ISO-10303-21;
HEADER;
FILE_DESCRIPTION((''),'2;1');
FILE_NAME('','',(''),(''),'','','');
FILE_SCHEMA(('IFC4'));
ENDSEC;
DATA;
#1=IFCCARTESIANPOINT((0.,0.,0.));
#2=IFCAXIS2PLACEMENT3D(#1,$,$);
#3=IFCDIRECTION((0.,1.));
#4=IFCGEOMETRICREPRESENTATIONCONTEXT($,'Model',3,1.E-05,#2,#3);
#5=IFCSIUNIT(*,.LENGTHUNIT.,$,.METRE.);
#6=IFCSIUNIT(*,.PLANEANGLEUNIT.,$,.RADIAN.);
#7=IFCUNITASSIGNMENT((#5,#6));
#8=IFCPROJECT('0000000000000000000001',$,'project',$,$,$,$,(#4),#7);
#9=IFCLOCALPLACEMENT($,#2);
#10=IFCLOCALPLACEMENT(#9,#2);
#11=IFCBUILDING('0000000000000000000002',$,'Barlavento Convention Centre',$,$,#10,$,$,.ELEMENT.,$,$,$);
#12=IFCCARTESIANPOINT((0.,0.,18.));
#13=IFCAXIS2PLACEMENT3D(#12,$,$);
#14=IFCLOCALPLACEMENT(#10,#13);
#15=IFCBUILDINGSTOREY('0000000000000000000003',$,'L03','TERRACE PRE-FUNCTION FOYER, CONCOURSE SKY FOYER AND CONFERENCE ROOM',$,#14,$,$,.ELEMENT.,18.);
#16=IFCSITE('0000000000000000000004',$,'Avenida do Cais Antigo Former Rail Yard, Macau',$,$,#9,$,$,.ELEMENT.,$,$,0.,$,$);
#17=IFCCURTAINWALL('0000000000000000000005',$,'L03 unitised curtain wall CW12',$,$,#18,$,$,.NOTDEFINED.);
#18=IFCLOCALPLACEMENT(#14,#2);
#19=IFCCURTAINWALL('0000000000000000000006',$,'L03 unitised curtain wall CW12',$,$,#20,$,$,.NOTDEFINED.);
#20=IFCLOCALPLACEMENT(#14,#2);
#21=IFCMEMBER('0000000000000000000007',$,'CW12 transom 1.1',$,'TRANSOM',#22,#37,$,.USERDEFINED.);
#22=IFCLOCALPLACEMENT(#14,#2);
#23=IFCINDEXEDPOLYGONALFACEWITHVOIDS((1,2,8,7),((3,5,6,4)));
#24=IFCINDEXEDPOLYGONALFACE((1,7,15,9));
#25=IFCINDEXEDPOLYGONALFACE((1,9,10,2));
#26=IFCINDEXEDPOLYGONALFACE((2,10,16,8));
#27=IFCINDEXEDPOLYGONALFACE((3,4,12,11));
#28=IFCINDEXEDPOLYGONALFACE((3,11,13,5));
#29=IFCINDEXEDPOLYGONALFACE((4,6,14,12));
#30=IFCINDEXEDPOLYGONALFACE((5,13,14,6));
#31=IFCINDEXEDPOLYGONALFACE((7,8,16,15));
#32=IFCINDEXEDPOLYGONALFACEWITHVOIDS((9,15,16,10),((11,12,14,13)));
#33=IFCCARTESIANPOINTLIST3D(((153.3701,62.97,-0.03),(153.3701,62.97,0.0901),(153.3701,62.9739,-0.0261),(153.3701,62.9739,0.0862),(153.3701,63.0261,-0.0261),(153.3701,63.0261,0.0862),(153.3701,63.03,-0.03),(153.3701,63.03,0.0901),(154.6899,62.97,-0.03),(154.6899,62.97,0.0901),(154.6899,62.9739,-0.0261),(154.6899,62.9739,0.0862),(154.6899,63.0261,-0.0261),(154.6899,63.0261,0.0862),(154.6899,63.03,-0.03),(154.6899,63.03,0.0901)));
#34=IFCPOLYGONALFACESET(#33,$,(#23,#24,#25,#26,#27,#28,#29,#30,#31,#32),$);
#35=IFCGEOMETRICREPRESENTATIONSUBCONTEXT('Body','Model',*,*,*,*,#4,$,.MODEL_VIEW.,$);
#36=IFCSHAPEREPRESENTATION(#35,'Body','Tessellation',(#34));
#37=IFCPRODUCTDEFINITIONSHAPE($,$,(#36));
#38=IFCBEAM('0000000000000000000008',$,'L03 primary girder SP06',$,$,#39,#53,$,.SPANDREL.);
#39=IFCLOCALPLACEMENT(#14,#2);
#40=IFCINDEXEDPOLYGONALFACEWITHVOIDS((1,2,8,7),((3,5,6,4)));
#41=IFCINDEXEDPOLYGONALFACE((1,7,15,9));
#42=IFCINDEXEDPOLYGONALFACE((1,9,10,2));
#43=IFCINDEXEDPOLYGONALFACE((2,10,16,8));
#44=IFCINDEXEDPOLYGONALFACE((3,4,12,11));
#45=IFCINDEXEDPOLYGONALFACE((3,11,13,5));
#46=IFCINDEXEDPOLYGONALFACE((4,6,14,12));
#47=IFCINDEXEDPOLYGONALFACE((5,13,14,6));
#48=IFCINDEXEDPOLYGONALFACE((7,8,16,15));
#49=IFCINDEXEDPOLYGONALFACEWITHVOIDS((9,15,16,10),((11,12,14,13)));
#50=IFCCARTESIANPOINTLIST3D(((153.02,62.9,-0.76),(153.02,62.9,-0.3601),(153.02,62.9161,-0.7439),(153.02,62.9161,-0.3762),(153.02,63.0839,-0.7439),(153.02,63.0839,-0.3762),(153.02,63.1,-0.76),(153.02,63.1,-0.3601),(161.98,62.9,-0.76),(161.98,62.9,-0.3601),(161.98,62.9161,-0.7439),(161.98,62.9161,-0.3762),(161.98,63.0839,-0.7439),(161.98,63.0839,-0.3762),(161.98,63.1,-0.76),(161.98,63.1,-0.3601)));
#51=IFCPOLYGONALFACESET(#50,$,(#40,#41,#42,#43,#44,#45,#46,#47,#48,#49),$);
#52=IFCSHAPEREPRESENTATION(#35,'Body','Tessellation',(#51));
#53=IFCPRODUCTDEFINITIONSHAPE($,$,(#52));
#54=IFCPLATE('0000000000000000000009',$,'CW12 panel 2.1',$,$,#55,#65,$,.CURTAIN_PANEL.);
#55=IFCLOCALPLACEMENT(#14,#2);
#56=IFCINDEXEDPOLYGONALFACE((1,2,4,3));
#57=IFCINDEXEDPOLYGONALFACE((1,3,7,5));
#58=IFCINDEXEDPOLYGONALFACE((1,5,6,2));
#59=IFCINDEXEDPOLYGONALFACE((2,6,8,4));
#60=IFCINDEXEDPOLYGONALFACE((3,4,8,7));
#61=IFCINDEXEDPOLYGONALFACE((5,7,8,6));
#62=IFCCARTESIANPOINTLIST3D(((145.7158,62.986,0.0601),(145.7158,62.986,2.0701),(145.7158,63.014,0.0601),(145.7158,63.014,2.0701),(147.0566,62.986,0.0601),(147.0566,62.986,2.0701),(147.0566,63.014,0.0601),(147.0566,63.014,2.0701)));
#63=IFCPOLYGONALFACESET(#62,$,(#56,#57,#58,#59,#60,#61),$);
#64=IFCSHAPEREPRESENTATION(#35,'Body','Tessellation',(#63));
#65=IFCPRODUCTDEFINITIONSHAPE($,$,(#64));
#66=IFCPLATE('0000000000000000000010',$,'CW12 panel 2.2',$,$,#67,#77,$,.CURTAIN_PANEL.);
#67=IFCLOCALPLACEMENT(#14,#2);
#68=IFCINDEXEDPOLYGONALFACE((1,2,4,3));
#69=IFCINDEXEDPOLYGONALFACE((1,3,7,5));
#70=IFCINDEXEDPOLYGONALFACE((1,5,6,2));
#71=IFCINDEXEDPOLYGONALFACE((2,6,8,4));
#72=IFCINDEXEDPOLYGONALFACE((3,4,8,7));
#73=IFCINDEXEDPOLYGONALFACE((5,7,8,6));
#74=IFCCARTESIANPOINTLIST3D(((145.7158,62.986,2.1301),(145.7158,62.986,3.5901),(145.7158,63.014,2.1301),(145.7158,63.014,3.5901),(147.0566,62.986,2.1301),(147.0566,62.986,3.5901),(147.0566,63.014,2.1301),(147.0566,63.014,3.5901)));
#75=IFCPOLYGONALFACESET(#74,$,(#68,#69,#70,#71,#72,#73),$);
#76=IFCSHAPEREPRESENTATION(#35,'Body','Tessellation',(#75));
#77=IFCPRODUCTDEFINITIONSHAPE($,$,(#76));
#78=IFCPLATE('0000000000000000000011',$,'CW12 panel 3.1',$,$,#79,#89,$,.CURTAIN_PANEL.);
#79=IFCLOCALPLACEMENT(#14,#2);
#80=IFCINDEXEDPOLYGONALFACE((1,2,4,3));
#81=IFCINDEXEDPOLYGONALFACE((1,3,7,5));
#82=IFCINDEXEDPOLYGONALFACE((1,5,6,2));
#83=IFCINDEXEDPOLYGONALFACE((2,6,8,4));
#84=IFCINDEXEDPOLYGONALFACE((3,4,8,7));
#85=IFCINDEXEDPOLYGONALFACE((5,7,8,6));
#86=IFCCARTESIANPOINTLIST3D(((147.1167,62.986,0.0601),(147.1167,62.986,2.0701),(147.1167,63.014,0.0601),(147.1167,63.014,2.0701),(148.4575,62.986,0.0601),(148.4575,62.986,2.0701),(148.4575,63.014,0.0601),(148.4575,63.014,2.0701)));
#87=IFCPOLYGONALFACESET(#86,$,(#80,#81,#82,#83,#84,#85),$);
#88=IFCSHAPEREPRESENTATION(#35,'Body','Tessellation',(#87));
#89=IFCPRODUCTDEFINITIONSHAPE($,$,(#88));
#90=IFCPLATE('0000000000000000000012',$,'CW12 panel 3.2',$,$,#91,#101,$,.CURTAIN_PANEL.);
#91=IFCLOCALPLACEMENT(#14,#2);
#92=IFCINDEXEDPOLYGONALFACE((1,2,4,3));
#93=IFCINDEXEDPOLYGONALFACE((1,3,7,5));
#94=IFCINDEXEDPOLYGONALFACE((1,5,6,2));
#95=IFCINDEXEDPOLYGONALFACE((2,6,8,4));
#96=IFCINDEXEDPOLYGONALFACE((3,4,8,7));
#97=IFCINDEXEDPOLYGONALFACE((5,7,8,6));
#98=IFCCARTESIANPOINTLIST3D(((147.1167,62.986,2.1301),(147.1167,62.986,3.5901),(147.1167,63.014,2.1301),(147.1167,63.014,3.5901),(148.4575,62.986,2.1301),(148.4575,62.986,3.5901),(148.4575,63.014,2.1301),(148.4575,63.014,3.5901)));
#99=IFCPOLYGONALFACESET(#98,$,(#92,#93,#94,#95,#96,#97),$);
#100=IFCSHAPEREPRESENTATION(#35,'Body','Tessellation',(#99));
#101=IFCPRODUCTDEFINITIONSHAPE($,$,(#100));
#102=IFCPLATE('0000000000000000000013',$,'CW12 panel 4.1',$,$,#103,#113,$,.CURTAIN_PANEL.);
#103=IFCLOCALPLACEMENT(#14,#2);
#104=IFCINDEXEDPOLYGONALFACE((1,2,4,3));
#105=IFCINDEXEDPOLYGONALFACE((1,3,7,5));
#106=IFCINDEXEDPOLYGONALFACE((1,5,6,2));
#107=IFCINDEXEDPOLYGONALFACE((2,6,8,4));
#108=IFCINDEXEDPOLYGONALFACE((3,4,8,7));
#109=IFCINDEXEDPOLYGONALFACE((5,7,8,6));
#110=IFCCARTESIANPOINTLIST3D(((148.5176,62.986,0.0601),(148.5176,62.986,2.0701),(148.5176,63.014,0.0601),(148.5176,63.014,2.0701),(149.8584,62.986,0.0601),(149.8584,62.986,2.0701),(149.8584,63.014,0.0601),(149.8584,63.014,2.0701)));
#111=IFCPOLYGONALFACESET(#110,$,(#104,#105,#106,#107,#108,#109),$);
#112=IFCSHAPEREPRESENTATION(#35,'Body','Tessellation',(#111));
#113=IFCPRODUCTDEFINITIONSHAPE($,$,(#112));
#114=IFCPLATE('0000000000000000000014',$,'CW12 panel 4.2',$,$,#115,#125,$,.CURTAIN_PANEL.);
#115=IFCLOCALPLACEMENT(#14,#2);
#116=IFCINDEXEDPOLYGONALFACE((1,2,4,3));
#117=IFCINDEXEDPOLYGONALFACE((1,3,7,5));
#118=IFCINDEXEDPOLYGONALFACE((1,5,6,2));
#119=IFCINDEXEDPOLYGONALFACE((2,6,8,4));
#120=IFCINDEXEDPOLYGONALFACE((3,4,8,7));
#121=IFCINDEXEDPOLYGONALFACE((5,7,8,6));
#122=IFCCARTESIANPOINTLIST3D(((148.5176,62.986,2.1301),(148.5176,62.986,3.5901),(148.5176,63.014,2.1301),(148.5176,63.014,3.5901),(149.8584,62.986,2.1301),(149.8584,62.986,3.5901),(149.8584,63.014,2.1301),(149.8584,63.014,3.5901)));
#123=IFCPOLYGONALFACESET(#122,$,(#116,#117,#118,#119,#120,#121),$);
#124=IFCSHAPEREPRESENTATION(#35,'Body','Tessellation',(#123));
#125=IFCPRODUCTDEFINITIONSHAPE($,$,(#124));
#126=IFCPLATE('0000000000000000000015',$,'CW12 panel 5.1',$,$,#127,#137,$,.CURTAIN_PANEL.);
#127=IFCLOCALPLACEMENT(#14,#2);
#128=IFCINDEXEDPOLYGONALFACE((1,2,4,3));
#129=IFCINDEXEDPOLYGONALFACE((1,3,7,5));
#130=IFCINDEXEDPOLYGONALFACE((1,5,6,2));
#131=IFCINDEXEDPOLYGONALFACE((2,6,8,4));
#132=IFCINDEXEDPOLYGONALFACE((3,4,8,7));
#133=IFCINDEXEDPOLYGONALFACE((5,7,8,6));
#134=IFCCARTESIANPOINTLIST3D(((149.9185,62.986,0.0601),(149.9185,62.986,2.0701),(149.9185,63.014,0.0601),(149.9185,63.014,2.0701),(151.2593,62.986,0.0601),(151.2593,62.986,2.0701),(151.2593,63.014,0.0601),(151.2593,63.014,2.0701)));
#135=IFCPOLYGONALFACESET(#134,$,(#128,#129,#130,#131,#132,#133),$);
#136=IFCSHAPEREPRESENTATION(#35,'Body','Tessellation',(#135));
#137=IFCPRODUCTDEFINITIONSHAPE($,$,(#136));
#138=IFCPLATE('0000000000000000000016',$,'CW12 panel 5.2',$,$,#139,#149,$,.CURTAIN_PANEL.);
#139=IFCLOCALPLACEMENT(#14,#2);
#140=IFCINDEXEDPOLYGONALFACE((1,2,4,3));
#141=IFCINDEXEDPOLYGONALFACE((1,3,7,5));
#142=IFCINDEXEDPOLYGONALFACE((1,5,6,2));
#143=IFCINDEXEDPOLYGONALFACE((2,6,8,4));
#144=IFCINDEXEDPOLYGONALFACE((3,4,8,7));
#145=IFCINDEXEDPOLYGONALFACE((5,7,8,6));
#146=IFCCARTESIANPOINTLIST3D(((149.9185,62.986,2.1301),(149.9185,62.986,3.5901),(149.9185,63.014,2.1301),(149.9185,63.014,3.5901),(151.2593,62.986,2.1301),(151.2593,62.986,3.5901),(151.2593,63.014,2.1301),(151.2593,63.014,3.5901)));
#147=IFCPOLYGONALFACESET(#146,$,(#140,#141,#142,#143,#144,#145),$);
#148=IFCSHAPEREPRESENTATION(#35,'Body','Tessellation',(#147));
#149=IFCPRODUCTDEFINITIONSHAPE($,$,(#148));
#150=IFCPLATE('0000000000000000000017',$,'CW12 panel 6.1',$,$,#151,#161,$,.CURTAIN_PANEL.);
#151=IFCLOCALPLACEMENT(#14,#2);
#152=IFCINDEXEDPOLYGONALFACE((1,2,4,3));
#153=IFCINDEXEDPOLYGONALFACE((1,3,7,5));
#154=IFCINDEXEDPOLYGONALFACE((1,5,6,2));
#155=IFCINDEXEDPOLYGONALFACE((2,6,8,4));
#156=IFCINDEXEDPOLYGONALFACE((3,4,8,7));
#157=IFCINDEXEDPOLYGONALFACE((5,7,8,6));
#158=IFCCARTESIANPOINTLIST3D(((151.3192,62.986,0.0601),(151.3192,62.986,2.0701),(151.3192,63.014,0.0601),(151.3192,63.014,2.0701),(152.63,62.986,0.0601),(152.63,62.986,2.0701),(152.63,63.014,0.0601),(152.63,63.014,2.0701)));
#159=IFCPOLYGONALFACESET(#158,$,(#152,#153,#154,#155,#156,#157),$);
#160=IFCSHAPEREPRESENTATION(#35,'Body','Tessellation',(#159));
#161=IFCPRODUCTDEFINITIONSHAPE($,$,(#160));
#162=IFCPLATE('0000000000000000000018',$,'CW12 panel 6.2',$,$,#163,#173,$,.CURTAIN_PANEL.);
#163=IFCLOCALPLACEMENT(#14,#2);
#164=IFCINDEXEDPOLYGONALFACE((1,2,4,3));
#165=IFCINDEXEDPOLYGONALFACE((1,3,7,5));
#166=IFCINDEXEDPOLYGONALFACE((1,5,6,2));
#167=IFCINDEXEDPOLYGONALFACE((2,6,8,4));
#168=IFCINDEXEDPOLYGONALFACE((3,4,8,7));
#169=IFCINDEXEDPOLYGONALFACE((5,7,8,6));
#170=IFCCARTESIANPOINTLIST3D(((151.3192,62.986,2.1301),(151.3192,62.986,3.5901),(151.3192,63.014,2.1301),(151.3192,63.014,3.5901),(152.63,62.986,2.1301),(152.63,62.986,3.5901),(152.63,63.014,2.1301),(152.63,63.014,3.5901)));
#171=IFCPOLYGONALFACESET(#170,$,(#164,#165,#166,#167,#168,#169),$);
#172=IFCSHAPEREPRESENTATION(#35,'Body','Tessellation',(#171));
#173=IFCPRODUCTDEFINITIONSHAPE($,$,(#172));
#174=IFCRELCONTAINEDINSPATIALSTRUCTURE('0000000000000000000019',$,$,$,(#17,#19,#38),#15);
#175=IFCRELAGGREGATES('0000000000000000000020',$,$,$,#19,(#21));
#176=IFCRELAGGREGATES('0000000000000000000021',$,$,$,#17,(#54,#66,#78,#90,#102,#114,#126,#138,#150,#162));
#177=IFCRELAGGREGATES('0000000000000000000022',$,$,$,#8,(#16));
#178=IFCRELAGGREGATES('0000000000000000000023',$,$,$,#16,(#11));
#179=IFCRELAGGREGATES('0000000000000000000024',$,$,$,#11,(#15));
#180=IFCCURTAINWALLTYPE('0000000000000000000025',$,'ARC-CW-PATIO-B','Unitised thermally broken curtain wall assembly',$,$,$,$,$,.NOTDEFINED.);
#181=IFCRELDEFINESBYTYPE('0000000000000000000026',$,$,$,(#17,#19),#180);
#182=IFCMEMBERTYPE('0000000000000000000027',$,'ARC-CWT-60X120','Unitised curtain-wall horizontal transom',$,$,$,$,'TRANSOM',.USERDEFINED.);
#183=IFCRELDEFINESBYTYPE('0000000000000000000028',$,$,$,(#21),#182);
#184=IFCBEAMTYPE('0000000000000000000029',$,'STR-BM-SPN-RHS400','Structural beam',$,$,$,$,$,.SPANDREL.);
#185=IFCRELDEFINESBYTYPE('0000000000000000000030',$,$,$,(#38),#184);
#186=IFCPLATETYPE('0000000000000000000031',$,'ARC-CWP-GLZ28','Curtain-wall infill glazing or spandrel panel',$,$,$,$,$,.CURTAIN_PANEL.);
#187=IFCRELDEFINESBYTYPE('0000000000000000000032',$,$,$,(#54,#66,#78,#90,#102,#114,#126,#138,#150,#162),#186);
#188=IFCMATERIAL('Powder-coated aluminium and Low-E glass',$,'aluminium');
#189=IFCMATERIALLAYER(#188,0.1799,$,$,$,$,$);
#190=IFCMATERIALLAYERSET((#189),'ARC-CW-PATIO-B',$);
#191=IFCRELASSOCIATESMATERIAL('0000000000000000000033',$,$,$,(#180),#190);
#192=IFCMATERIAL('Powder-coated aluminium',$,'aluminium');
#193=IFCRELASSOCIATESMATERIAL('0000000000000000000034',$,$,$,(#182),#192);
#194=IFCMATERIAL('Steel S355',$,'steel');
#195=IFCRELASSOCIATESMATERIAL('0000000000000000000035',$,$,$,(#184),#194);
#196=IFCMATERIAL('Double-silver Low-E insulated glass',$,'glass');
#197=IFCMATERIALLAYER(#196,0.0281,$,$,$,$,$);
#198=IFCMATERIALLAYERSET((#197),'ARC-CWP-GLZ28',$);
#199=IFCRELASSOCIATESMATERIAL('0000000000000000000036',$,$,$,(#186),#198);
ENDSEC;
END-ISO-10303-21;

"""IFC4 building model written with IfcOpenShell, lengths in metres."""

from ifc_helpers import new_model, si_unit, direction, frame, origin, origin_2d, place, context, subcontext, project, spatial, rectangle, hollow_rectangle, extrude, material, layer, layer_set, material_profile, profile_set, type_object, element, aggregate, save


model = new_model("IFC4")

# Units and contexts
model_context = context("Model", 3, precision=1e-05, world=origin(), true_north=direction((0.0, 1.0)))
body_context = subcontext(model_context, "Body", "Model", "MODEL_VIEW")
ifc_project = project(units=[si_unit("LENGTHUNIT", "METRE"), si_unit("PLANEANGLEUNIT", "RADIAN")], contexts=[model_context])

# Site, building, storey
site_placement = place(None, origin())
site = spatial("IfcSite", under=ifc_project, at=site_placement, Name="Avenida do Cais Antigo Former Rail Yard, Macau", CompositionType="ELEMENT", RefElevation=0.0)
building_placement = place(site_placement, origin())
building = spatial("IfcBuilding", under=site, at=building_placement, Name="Barlavento Convention Centre", CompositionType="ELEMENT")
storey_placement = place(building_placement, frame((0.0, 0.0, 18.0)))
storey = spatial("IfcBuildingStorey", under=building, at=storey_placement, Name="L03", Description="TERRACE PRE-FUNCTION FOYER, CONCOURSE SKY FOYER AND CONFERENCE ROOM", CompositionType="ELEMENT", Elevation=18.0)

# Shared definitions
ifc_material_1 = material(Name="Steel S355", Category="steel")

# Curtain wall
ifc_material_2 = material(Name="Powder-coated aluminium and Low-E glass", Category="aluminium")
ifc_layer_1 = layer(ifc_material_2, 0.1799)
ifc_layer_set_1 = layer_set([ifc_layer_1], Name="ARC-CW-PATIO-B")
curtain_wall_type = type_object("IfcCurtainWallType", Name="ARC-CW-PATIO-B", Description="Unitised thermally broken curtain wall assembly", PredefinedType="NOTDEFINED", material=ifc_layer_set_1)
curtain_wall_1_placement = place(storey_placement, origin())
curtain_wall_1 = element("IfcCurtainWall", 1, at=curtain_wall_1_placement, inside=storey, type_object=curtain_wall_type, Name="L03 unitised curtain wall CW12", PredefinedType="NOTDEFINED")
ifc_material_3 = material(Name="Powder-coated aluminium", Category="aluminium")

# Curtain wall
curtain_wall_2_placement = place(storey_placement, origin())
curtain_wall_2 = element("IfcCurtainWall", 2, at=curtain_wall_2_placement, inside=storey, type_object=curtain_wall_type, Name="L03 unitised curtain wall CW12", PredefinedType="NOTDEFINED")

# Member
ifc_material_profile_1 = material_profile(ifc_material_3, hollow_rectangle(XDim=0.0601, YDim=0.1201, WallThickness=0.0039, at=origin_2d()), Name="AL-TRAN 60x120x4")
ifc_profile_set_1 = profile_set([ifc_material_profile_1], Name="Powder-coated aluminium")
member_type_1 = type_object("IfcMemberType", Name="ARC-CWT-60X120", Description="Unitised curtain-wall horizontal transom", ElementType="TRANSOM", PredefinedType="USERDEFINED", material=ifc_profile_set_1)
member_1_placement = place(storey_placement, frame((153.3701, 63.0, 0.03), z_axis=(1.0, 0.0, 0.0), x_axis=(0.0, 1.0, 0.0)))
member_1 = element("IfcMember", 3, at=member_1_placement, type_object=member_type_1, Name="CW12 transom 1.1", ObjectType="TRANSOM", PredefinedType="USERDEFINED", context=body_context, shape_type="SweptSolid", body=[
    extrude(hollow_rectangle(XDim=0.0601, YDim=0.1201, WallThickness=0.0039, at=origin_2d()), origin(), (0.0, 0.0, 1.0), 1.3198),
])
aggregate(curtain_wall_2, [member_1])

# Beam
ifc_material_profile_2 = material_profile(ifc_material_1, hollow_rectangle(XDim=0.2, YDim=0.3999, WallThickness=0.0161, at=origin_2d()), Name="RHS 400x200x16.0")
ifc_profile_set_2 = profile_set([ifc_material_profile_2], Name="Steel S355")
beam_type = type_object("IfcBeamType", Name="STR-BM-SPN-RHS400", Description="Structural beam", PredefinedType="SPANDREL", material=ifc_profile_set_2)
beam_placement = place(storey_placement, frame((153.02, 63.0, -0.5601), z_axis=(1.0, 0.0, 0.0), x_axis=(0.0, 1.0, 0.0)))
element("IfcBeam", 4, at=beam_placement, inside=storey, type_object=beam_type, Name="L03 primary girder SP06", PredefinedType="SPANDREL", context=body_context, shape_type="SweptSolid", body=[
    extrude(hollow_rectangle(XDim=0.2, YDim=0.3999, WallThickness=0.0161, at=origin_2d()), origin(), (0.0, 0.0, 1.0), 8.96),
])

# Plates
ifc_material_4 = material(Name="Double-silver Low-E insulated glass", Category="glass")
ifc_layer_2 = layer(ifc_material_4, 0.0281)
ifc_layer_set_2 = layer_set([ifc_layer_2], Name="ARC-CWP-GLZ28")
plate_type = type_object("IfcPlateType", Name="ARC-CWP-GLZ28", Description="Curtain-wall infill glazing or spandrel panel", PredefinedType="CURTAIN_PANEL", material=ifc_layer_set_2)
plate_1_placement = place(storey_placement, frame((146.3862, 63.0, 0.0601), z_axis=(0.0, 0.0, 1.0), x_axis=(1.0, 0.0, 0.0)))
plate_1 = element("IfcPlate", 5, at=plate_1_placement, type_object=plate_type, Name="CW12 panel 2.1", PredefinedType="CURTAIN_PANEL", context=body_context, shape_type="SweptSolid", body=[
    extrude(rectangle(XDim=1.3408, YDim=0.0281, at=origin_2d()), origin(), (0.0, 0.0, 1.0), 2.01),
])
plate_2_placement = place(storey_placement, frame((146.3862, 63.0, 2.1301), z_axis=(0.0, 0.0, 1.0), x_axis=(1.0, 0.0, 0.0)))
plate_2 = element("IfcPlate", 6, at=plate_2_placement, type_object=plate_type, Name="CW12 panel 2.2", PredefinedType="CURTAIN_PANEL", context=body_context, shape_type="SweptSolid", body=[
    extrude(rectangle(XDim=1.3408, YDim=0.0281, at=origin_2d()), origin(), (0.0, 0.0, 1.0), 1.46),
])
plate_3_placement = place(storey_placement, frame((147.7871, 63.0, 0.0601), z_axis=(0.0, 0.0, 1.0), x_axis=(1.0, 0.0, 0.0)))
plate_3 = element("IfcPlate", 7, at=plate_3_placement, type_object=plate_type, Name="CW12 panel 3.1", PredefinedType="CURTAIN_PANEL", context=body_context, shape_type="SweptSolid", body=[
    extrude(rectangle(XDim=1.3408, YDim=0.0281, at=origin_2d()), origin(), (0.0, 0.0, 1.0), 2.01),
])
plate_4_placement = place(storey_placement, frame((147.7871, 63.0, 2.1301), z_axis=(0.0, 0.0, 1.0), x_axis=(1.0, 0.0, 0.0)))
plate_4 = element("IfcPlate", 8, at=plate_4_placement, type_object=plate_type, Name="CW12 panel 3.2", PredefinedType="CURTAIN_PANEL", context=body_context, shape_type="SweptSolid", body=[
    extrude(rectangle(XDim=1.3408, YDim=0.0281, at=origin_2d()), origin(), (0.0, 0.0, 1.0), 1.46),
])
plate_5_placement = place(storey_placement, frame((149.188, 63.0, 0.0601), z_axis=(0.0, 0.0, 1.0), x_axis=(1.0, 0.0, 0.0)))
plate_5 = element("IfcPlate", 9, at=plate_5_placement, type_object=plate_type, Name="CW12 panel 4.1", PredefinedType="CURTAIN_PANEL", context=body_context, shape_type="SweptSolid", body=[
    extrude(rectangle(XDim=1.3408, YDim=0.0281, at=origin_2d()), origin(), (0.0, 0.0, 1.0), 2.01),
])
plate_6_placement = place(storey_placement, frame((149.188, 63.0, 2.1301), z_axis=(0.0, 0.0, 1.0), x_axis=(1.0, 0.0, 0.0)))
plate_6 = element("IfcPlate", 10, at=plate_6_placement, type_object=plate_type, Name="CW12 panel 4.2", PredefinedType="CURTAIN_PANEL", context=body_context, shape_type="SweptSolid", body=[
    extrude(rectangle(XDim=1.3408, YDim=0.0281, at=origin_2d()), origin(), (0.0, 0.0, 1.0), 1.46),
])
plate_7_placement = place(storey_placement, frame((150.5889, 63.0, 0.0601), z_axis=(0.0, 0.0, 1.0), x_axis=(1.0, 0.0, 0.0)))
plate_7 = element("IfcPlate", 11, at=plate_7_placement, type_object=plate_type, Name="CW12 panel 5.1", PredefinedType="CURTAIN_PANEL", context=body_context, shape_type="SweptSolid", body=[
    extrude(rectangle(XDim=1.3408, YDim=0.0281, at=origin_2d()), origin(), (0.0, 0.0, 1.0), 2.01),
])
plate_8_placement = place(storey_placement, frame((150.5889, 63.0, 2.1301), z_axis=(0.0, 0.0, 1.0), x_axis=(1.0, 0.0, 0.0)))
plate_8 = element("IfcPlate", 12, at=plate_8_placement, type_object=plate_type, Name="CW12 panel 5.2", PredefinedType="CURTAIN_PANEL", context=body_context, shape_type="SweptSolid", body=[
    extrude(rectangle(XDim=1.3408, YDim=0.0281, at=origin_2d()), origin(), (0.0, 0.0, 1.0), 1.46),
])
plate_9_placement = place(storey_placement, frame((151.9746, 63.0, 0.0601), z_axis=(0.0, 0.0, 1.0), x_axis=(1.0, 0.0, 0.0)))
plate_9 = element("IfcPlate", 13, at=plate_9_placement, type_object=plate_type, Name="CW12 panel 6.1", PredefinedType="CURTAIN_PANEL", context=body_context, shape_type="SweptSolid", body=[
    extrude(rectangle(XDim=1.3108, YDim=0.0281, at=origin_2d()), origin(), (0.0, 0.0, 1.0), 2.01),
])
plate_10_placement = place(storey_placement, frame((151.9746, 63.0, 2.1301), z_axis=(0.0, 0.0, 1.0), x_axis=(1.0, 0.0, 0.0)))
plate_10 = element("IfcPlate", 14, at=plate_10_placement, type_object=plate_type, Name="CW12 panel 6.2", PredefinedType="CURTAIN_PANEL", context=body_context, shape_type="SweptSolid", body=[
    extrude(rectangle(XDim=1.3108, YDim=0.0281, at=origin_2d()), origin(), (0.0, 0.0, 1.0), 1.46),
])
aggregate(curtain_wall_1, [plate_1, plate_2, plate_3, plate_4, plate_5, plate_6, plate_7, plate_8, plate_9, plate_10])

save(model, "model.ifc")
